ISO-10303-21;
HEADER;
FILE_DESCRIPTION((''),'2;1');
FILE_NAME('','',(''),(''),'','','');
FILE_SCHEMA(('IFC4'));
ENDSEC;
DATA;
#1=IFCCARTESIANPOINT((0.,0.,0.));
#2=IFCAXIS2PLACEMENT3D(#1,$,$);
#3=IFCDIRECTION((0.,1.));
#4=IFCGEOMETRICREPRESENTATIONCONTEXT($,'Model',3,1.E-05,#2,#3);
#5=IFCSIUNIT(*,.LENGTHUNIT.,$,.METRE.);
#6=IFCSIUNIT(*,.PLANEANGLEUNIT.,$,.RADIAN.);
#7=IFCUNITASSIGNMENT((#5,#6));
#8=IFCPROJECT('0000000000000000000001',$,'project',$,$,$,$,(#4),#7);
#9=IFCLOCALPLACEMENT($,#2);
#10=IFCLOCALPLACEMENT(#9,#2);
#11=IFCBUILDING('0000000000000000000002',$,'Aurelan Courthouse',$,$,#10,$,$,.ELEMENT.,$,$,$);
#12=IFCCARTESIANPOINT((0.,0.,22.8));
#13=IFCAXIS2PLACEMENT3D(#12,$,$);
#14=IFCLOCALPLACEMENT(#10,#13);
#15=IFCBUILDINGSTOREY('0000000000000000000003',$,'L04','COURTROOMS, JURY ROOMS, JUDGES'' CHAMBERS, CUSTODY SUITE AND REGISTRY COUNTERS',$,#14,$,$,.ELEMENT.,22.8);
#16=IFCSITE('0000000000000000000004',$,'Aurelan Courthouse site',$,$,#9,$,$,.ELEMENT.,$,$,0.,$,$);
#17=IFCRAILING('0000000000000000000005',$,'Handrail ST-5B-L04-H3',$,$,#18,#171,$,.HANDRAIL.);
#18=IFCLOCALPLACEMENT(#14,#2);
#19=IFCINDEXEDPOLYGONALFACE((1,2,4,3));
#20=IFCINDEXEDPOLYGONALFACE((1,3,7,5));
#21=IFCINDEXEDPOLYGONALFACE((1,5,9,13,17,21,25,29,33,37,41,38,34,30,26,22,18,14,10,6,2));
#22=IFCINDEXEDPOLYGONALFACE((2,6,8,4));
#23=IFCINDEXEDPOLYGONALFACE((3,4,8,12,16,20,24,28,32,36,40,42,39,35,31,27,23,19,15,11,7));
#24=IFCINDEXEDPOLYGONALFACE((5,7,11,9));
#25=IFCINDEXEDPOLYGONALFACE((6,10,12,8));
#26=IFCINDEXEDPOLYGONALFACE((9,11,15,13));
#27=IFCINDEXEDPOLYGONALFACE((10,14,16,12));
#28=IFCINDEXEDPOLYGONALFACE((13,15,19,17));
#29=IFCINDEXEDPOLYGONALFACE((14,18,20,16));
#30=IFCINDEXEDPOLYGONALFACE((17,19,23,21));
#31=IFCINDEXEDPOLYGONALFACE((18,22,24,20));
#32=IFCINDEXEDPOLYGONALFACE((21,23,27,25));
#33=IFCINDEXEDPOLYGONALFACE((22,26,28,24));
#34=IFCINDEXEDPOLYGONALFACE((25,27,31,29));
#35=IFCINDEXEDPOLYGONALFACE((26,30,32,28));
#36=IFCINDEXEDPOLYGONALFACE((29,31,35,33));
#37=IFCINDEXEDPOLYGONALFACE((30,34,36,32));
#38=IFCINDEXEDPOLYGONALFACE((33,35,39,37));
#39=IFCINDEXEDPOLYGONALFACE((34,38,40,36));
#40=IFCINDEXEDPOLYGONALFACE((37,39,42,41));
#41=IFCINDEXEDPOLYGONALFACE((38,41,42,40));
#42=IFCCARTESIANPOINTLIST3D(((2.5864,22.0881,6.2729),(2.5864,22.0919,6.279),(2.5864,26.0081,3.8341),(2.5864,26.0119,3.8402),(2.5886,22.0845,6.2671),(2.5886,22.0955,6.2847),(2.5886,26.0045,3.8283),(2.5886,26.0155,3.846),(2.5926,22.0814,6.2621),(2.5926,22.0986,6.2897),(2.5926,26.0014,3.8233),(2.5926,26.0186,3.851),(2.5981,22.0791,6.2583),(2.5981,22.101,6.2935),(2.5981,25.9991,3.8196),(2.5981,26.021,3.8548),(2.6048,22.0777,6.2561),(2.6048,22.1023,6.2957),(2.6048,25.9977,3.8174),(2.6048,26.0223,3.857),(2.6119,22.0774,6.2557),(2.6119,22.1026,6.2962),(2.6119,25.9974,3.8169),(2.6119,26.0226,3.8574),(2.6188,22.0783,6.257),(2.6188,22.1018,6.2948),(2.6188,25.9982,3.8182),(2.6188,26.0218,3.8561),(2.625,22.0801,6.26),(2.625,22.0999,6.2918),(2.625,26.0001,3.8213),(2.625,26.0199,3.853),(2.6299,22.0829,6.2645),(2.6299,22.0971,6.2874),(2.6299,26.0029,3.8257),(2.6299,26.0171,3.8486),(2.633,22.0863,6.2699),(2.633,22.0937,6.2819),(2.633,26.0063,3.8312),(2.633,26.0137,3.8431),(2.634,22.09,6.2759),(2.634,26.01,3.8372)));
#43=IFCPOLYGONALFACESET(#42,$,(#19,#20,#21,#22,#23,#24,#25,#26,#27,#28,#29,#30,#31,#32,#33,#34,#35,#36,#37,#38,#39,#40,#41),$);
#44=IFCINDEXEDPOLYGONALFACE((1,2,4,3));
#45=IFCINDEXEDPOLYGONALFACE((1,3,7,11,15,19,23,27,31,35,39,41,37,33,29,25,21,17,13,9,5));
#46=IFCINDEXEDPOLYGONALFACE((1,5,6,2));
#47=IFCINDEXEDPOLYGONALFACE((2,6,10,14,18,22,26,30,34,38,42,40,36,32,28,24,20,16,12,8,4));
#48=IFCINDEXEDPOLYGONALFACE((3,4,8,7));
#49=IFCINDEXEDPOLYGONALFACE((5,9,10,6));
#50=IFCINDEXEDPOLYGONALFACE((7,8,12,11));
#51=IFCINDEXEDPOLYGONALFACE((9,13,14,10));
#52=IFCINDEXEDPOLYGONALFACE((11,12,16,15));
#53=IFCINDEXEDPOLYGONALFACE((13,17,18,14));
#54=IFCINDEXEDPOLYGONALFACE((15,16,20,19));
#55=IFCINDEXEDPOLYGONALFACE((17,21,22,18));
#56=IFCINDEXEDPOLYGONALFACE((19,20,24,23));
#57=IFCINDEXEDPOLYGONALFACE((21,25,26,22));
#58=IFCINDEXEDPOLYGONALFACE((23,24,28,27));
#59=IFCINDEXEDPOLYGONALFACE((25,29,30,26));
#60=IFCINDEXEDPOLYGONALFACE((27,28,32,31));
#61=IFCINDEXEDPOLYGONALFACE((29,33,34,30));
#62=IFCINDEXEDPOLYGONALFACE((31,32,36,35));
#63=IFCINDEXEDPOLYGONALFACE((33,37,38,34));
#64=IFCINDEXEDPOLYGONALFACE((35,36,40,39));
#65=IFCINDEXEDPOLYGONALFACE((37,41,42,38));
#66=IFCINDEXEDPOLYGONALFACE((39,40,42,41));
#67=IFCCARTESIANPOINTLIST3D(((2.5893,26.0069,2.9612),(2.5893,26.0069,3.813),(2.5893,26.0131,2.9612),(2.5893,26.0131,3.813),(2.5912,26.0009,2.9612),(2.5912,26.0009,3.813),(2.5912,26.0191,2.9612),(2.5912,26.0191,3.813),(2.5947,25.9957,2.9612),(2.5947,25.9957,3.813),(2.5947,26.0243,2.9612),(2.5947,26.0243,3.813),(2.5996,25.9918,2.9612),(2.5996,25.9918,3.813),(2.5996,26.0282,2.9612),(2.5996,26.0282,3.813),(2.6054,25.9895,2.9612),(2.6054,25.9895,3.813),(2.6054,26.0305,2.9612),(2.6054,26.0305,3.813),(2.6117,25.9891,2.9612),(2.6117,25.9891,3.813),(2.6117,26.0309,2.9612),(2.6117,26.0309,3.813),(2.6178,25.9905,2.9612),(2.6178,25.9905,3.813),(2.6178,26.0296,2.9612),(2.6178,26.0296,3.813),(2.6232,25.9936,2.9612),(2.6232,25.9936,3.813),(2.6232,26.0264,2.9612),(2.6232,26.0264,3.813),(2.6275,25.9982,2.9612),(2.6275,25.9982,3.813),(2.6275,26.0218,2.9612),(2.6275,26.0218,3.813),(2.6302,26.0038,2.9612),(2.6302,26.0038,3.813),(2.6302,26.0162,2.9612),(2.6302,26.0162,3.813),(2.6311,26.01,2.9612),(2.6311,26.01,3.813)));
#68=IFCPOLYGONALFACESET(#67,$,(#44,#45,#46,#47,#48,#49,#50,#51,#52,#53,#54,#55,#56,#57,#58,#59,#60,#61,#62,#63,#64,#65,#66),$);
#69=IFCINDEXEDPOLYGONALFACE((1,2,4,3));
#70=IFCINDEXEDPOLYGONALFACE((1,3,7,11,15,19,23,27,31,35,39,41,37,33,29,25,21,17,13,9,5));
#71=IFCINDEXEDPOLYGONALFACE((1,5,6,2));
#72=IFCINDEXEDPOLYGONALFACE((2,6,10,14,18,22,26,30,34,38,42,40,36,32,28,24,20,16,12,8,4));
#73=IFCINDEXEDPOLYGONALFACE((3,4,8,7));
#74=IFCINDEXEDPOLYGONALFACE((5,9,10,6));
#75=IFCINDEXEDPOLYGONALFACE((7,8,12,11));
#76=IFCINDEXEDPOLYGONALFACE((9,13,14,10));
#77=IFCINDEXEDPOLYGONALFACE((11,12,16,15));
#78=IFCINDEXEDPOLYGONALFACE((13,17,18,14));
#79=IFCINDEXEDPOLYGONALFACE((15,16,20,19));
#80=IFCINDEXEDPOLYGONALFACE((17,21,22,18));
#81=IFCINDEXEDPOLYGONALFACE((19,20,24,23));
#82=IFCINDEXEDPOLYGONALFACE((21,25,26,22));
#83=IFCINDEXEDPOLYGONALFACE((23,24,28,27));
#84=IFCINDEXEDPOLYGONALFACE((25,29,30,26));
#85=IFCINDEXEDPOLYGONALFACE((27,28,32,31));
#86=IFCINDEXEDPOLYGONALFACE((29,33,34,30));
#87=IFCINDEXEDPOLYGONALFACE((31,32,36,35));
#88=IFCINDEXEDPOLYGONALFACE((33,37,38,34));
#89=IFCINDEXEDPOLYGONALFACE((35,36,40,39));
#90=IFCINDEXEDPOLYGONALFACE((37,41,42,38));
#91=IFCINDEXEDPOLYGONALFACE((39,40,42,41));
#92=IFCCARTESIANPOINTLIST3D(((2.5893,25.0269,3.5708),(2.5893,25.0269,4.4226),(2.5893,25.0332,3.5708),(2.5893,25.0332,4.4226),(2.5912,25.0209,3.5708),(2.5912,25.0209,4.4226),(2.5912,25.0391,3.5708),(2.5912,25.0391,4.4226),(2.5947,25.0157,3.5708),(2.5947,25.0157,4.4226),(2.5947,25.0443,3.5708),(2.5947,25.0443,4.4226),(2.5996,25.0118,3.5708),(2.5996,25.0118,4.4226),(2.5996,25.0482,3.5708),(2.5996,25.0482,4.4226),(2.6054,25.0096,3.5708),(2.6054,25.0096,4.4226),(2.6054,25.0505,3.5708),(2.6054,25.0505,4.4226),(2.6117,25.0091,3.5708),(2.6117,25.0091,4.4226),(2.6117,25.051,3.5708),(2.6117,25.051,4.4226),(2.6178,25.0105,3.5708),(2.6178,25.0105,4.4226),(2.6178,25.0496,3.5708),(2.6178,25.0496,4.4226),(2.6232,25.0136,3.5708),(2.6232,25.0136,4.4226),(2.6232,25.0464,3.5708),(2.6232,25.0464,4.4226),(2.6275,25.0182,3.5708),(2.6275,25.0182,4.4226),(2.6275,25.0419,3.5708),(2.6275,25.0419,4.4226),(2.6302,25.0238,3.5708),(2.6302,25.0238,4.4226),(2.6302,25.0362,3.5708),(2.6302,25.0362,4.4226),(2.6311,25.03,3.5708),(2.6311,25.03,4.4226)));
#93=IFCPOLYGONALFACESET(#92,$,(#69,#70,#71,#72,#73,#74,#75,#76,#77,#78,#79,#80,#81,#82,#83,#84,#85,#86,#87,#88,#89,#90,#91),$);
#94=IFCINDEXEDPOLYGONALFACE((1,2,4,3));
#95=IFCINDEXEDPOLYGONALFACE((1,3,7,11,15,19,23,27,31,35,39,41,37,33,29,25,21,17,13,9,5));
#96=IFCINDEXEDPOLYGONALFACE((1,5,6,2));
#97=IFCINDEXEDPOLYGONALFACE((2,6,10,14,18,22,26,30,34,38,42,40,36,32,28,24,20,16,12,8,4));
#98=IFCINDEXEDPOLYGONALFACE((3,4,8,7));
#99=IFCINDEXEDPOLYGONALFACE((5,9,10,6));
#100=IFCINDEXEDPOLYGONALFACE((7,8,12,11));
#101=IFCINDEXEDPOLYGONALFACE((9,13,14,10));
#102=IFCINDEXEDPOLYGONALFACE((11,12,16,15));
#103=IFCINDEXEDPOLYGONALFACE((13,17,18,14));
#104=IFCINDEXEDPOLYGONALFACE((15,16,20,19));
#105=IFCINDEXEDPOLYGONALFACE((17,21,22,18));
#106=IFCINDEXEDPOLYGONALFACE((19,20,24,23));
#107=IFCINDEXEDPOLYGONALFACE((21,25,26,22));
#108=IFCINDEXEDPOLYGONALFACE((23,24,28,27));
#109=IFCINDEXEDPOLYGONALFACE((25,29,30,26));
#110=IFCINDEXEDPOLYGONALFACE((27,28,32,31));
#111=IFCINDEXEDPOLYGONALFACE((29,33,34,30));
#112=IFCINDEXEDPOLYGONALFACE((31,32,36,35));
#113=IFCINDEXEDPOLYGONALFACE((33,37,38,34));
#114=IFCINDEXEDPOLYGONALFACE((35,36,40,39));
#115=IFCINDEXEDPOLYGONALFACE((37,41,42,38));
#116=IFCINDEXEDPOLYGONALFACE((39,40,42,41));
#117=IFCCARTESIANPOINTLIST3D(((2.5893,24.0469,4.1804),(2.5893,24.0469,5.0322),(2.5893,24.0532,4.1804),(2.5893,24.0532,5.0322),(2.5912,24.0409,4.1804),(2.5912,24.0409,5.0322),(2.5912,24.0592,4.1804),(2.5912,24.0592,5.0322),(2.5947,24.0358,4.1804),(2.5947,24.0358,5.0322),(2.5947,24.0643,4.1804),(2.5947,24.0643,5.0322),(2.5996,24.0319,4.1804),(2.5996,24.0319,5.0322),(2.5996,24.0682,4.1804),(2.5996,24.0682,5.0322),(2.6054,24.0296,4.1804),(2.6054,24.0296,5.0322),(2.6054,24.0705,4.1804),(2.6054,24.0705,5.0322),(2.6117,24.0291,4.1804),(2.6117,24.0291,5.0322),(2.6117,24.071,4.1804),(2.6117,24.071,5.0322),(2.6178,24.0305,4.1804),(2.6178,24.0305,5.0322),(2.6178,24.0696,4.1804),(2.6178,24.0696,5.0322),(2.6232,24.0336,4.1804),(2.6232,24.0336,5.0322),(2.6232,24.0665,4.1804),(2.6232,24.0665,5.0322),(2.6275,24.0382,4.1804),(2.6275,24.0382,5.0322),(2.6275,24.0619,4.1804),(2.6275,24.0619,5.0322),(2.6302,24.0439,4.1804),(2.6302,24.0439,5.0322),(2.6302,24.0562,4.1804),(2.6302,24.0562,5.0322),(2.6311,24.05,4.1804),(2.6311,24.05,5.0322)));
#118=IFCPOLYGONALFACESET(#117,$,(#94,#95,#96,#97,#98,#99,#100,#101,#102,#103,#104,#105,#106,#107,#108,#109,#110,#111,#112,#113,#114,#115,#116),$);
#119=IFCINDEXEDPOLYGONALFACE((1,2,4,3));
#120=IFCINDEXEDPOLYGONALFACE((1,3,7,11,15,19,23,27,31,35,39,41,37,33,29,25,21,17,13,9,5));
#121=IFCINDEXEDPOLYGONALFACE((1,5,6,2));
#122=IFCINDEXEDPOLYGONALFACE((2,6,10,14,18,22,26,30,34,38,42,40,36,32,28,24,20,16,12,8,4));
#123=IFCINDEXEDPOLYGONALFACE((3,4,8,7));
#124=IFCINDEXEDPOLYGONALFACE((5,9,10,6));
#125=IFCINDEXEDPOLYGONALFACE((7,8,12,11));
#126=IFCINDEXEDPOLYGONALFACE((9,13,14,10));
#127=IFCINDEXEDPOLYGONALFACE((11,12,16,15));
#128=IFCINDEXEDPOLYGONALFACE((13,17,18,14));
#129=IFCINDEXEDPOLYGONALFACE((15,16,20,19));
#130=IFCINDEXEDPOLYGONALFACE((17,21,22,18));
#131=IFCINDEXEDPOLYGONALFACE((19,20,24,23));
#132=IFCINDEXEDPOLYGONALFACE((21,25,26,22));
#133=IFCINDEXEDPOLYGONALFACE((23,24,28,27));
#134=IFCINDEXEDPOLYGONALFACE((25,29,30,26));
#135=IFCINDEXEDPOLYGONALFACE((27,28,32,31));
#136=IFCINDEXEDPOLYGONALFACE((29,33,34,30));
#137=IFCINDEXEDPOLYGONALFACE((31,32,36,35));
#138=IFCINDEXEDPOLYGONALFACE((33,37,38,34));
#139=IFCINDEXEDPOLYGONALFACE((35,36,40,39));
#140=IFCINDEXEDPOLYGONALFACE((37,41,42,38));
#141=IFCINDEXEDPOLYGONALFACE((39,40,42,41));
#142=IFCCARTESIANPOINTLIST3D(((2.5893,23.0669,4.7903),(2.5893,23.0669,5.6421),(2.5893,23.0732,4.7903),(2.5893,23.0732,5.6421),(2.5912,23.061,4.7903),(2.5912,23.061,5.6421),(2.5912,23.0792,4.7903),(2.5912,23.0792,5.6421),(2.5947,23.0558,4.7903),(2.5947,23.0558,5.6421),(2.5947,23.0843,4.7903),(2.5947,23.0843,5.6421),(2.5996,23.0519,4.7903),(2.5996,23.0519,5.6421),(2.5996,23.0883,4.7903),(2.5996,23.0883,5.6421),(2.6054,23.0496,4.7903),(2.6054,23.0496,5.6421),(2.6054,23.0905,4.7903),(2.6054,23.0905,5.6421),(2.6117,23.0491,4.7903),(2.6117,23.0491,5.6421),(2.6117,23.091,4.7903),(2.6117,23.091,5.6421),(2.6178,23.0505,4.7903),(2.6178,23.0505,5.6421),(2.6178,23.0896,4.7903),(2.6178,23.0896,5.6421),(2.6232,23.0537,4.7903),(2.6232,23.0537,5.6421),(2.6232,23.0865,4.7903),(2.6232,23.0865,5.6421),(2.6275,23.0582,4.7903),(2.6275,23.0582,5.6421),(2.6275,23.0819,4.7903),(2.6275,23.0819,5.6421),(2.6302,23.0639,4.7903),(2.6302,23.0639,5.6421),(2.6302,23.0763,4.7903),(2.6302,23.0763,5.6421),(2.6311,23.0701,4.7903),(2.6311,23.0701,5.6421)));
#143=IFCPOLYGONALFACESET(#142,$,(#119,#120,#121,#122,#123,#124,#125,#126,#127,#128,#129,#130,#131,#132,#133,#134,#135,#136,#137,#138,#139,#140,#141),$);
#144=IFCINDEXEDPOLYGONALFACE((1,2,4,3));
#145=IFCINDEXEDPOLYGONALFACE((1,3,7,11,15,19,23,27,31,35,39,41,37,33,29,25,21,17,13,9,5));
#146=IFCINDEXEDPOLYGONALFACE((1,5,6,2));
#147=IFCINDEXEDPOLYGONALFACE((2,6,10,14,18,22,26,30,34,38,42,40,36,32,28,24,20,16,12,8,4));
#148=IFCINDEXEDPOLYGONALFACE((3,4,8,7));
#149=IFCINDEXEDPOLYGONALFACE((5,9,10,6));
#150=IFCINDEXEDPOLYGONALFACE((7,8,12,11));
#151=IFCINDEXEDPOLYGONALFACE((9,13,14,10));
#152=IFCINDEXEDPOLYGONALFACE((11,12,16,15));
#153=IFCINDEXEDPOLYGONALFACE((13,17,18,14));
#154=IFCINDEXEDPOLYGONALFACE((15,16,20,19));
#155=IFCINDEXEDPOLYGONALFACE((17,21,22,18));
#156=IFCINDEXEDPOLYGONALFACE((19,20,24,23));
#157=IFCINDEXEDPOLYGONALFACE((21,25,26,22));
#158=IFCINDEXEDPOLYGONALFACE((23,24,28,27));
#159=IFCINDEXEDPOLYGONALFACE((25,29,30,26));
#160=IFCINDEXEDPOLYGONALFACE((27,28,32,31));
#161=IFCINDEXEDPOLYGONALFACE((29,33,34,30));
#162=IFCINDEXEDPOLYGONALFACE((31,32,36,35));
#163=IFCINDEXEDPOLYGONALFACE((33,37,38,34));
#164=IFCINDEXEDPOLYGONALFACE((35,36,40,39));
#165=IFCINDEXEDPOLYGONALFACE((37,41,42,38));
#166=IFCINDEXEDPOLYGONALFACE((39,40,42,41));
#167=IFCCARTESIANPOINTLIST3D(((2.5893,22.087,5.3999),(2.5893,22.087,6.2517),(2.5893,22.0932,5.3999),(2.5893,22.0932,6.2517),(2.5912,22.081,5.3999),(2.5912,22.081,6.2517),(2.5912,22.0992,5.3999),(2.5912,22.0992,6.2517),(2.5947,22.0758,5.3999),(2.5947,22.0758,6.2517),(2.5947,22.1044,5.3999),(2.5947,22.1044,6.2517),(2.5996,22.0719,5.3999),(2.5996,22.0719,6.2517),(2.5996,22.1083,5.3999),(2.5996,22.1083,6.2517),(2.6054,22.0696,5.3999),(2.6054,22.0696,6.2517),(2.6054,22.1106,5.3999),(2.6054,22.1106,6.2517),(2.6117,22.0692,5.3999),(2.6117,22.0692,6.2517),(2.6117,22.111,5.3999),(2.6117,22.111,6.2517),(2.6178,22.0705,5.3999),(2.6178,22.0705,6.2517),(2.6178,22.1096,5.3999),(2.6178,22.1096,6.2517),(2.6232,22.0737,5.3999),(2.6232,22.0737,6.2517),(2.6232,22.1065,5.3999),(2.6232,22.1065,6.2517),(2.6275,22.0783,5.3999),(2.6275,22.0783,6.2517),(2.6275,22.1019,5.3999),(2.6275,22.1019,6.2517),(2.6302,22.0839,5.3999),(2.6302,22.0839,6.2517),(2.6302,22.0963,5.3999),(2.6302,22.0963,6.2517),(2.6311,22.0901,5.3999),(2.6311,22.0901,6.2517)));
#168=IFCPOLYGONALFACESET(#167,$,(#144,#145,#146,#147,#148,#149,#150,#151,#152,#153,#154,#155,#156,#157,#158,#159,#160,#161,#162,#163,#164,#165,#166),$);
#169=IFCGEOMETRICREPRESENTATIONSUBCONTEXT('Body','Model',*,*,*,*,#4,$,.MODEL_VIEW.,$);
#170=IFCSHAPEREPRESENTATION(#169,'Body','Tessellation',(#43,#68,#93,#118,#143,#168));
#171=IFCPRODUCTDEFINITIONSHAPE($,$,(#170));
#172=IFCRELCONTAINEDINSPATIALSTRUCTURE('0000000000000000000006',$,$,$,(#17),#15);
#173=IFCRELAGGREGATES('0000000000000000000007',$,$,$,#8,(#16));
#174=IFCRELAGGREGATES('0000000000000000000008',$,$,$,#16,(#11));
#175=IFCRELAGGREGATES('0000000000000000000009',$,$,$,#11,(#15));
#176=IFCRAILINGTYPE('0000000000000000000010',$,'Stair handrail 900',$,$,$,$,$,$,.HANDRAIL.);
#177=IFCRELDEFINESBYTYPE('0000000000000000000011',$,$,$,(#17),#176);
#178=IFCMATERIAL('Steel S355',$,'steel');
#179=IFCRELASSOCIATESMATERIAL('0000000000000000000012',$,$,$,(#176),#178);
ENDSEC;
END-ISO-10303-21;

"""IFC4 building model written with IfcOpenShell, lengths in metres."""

from ifc_helpers import new_model, si_unit, direction, frame, origin, origin_2d, place, context, subcontext, project, spatial, circle, extrude, material, type_object, element, save


model = new_model("IFC4")

# Units and contexts
model_context = context("Model", 3, precision=1e-05, world=origin(), true_north=direction((0.0, 1.0)))
body_context = subcontext(model_context, "Body", "Model", "MODEL_VIEW")
ifc_project = project(units=[si_unit("LENGTHUNIT", "METRE"), si_unit("PLANEANGLEUNIT", "RADIAN")], contexts=[model_context])

# Site, building, storey
site_placement = place(None, origin())
site = spatial("IfcSite", under=ifc_project, at=site_placement, Name="Aurelan Courthouse site", CompositionType="ELEMENT", RefElevation=0.0)
building_placement = place(site_placement, origin())
building = spatial("IfcBuilding", under=site, at=building_placement, Name="Aurelan Courthouse", CompositionType="ELEMENT")
storey_placement = place(building_placement, frame((0.0, 0.0, 22.8)))
storey = spatial("IfcBuildingStorey", under=building, at=storey_placement, Name="L04", Description="COURTROOMS, JURY ROOMS, JUDGES' CHAMBERS, CUSTODY SUITE AND REGISTRY COUNTERS", CompositionType="ELEMENT", Elevation=22.8)

# Railing
ifc_material_1 = material(Name="Steel S355", Category="steel")
railing_type_1 = type_object("IfcRailingType", Name="Stair handrail 900", PredefinedType="HANDRAIL", material=ifc_material_1)
for number, where, name in (
    (1, (2.6101, 26.01, 2.9612), "Handrail ST-5B-L04-H3"),
):
    element("IfcRailing", number, at=place(storey_placement, frame(where)), inside=storey, type_object=railing_type_1, Name=name, PredefinedType="HANDRAIL", context=body_context, shape_type="SweptSolid", body=[
        extrude(circle(Radius=0.0239, at=origin_2d()), frame((0.0, 0.0, 0.876), z_axis=(0.0, -0.84909, 0.528249), x_axis=(1.0, 0.0, 0.0)), (0.0, 0.0, 1.0), 4.6167),
        extrude(circle(Radius=0.021, at=origin_2d()), origin(), (0.0, 0.0, 1.0), 0.8518),
        extrude(circle(Radius=0.021, at=origin_2d()), frame((0.0, -0.98, 0.6096)), (0.0, 0.0, 1.0), 0.8518),
        extrude(circle(Radius=0.021, at=origin_2d()), frame((0.0, -1.96, 1.2192)), (0.0, 0.0, 1.0), 0.8518),
        extrude(circle(Radius=0.021, at=origin_2d()), frame((0.0, -2.9399, 1.8291)), (0.0, 0.0, 1.0), 0.8518),
        extrude(circle(Radius=0.021, at=origin_2d()), frame((0.0, -3.9199, 2.4387)), (0.0, 0.0, 1.0), 0.8518),
    ])

save(model, "model.ifc")
